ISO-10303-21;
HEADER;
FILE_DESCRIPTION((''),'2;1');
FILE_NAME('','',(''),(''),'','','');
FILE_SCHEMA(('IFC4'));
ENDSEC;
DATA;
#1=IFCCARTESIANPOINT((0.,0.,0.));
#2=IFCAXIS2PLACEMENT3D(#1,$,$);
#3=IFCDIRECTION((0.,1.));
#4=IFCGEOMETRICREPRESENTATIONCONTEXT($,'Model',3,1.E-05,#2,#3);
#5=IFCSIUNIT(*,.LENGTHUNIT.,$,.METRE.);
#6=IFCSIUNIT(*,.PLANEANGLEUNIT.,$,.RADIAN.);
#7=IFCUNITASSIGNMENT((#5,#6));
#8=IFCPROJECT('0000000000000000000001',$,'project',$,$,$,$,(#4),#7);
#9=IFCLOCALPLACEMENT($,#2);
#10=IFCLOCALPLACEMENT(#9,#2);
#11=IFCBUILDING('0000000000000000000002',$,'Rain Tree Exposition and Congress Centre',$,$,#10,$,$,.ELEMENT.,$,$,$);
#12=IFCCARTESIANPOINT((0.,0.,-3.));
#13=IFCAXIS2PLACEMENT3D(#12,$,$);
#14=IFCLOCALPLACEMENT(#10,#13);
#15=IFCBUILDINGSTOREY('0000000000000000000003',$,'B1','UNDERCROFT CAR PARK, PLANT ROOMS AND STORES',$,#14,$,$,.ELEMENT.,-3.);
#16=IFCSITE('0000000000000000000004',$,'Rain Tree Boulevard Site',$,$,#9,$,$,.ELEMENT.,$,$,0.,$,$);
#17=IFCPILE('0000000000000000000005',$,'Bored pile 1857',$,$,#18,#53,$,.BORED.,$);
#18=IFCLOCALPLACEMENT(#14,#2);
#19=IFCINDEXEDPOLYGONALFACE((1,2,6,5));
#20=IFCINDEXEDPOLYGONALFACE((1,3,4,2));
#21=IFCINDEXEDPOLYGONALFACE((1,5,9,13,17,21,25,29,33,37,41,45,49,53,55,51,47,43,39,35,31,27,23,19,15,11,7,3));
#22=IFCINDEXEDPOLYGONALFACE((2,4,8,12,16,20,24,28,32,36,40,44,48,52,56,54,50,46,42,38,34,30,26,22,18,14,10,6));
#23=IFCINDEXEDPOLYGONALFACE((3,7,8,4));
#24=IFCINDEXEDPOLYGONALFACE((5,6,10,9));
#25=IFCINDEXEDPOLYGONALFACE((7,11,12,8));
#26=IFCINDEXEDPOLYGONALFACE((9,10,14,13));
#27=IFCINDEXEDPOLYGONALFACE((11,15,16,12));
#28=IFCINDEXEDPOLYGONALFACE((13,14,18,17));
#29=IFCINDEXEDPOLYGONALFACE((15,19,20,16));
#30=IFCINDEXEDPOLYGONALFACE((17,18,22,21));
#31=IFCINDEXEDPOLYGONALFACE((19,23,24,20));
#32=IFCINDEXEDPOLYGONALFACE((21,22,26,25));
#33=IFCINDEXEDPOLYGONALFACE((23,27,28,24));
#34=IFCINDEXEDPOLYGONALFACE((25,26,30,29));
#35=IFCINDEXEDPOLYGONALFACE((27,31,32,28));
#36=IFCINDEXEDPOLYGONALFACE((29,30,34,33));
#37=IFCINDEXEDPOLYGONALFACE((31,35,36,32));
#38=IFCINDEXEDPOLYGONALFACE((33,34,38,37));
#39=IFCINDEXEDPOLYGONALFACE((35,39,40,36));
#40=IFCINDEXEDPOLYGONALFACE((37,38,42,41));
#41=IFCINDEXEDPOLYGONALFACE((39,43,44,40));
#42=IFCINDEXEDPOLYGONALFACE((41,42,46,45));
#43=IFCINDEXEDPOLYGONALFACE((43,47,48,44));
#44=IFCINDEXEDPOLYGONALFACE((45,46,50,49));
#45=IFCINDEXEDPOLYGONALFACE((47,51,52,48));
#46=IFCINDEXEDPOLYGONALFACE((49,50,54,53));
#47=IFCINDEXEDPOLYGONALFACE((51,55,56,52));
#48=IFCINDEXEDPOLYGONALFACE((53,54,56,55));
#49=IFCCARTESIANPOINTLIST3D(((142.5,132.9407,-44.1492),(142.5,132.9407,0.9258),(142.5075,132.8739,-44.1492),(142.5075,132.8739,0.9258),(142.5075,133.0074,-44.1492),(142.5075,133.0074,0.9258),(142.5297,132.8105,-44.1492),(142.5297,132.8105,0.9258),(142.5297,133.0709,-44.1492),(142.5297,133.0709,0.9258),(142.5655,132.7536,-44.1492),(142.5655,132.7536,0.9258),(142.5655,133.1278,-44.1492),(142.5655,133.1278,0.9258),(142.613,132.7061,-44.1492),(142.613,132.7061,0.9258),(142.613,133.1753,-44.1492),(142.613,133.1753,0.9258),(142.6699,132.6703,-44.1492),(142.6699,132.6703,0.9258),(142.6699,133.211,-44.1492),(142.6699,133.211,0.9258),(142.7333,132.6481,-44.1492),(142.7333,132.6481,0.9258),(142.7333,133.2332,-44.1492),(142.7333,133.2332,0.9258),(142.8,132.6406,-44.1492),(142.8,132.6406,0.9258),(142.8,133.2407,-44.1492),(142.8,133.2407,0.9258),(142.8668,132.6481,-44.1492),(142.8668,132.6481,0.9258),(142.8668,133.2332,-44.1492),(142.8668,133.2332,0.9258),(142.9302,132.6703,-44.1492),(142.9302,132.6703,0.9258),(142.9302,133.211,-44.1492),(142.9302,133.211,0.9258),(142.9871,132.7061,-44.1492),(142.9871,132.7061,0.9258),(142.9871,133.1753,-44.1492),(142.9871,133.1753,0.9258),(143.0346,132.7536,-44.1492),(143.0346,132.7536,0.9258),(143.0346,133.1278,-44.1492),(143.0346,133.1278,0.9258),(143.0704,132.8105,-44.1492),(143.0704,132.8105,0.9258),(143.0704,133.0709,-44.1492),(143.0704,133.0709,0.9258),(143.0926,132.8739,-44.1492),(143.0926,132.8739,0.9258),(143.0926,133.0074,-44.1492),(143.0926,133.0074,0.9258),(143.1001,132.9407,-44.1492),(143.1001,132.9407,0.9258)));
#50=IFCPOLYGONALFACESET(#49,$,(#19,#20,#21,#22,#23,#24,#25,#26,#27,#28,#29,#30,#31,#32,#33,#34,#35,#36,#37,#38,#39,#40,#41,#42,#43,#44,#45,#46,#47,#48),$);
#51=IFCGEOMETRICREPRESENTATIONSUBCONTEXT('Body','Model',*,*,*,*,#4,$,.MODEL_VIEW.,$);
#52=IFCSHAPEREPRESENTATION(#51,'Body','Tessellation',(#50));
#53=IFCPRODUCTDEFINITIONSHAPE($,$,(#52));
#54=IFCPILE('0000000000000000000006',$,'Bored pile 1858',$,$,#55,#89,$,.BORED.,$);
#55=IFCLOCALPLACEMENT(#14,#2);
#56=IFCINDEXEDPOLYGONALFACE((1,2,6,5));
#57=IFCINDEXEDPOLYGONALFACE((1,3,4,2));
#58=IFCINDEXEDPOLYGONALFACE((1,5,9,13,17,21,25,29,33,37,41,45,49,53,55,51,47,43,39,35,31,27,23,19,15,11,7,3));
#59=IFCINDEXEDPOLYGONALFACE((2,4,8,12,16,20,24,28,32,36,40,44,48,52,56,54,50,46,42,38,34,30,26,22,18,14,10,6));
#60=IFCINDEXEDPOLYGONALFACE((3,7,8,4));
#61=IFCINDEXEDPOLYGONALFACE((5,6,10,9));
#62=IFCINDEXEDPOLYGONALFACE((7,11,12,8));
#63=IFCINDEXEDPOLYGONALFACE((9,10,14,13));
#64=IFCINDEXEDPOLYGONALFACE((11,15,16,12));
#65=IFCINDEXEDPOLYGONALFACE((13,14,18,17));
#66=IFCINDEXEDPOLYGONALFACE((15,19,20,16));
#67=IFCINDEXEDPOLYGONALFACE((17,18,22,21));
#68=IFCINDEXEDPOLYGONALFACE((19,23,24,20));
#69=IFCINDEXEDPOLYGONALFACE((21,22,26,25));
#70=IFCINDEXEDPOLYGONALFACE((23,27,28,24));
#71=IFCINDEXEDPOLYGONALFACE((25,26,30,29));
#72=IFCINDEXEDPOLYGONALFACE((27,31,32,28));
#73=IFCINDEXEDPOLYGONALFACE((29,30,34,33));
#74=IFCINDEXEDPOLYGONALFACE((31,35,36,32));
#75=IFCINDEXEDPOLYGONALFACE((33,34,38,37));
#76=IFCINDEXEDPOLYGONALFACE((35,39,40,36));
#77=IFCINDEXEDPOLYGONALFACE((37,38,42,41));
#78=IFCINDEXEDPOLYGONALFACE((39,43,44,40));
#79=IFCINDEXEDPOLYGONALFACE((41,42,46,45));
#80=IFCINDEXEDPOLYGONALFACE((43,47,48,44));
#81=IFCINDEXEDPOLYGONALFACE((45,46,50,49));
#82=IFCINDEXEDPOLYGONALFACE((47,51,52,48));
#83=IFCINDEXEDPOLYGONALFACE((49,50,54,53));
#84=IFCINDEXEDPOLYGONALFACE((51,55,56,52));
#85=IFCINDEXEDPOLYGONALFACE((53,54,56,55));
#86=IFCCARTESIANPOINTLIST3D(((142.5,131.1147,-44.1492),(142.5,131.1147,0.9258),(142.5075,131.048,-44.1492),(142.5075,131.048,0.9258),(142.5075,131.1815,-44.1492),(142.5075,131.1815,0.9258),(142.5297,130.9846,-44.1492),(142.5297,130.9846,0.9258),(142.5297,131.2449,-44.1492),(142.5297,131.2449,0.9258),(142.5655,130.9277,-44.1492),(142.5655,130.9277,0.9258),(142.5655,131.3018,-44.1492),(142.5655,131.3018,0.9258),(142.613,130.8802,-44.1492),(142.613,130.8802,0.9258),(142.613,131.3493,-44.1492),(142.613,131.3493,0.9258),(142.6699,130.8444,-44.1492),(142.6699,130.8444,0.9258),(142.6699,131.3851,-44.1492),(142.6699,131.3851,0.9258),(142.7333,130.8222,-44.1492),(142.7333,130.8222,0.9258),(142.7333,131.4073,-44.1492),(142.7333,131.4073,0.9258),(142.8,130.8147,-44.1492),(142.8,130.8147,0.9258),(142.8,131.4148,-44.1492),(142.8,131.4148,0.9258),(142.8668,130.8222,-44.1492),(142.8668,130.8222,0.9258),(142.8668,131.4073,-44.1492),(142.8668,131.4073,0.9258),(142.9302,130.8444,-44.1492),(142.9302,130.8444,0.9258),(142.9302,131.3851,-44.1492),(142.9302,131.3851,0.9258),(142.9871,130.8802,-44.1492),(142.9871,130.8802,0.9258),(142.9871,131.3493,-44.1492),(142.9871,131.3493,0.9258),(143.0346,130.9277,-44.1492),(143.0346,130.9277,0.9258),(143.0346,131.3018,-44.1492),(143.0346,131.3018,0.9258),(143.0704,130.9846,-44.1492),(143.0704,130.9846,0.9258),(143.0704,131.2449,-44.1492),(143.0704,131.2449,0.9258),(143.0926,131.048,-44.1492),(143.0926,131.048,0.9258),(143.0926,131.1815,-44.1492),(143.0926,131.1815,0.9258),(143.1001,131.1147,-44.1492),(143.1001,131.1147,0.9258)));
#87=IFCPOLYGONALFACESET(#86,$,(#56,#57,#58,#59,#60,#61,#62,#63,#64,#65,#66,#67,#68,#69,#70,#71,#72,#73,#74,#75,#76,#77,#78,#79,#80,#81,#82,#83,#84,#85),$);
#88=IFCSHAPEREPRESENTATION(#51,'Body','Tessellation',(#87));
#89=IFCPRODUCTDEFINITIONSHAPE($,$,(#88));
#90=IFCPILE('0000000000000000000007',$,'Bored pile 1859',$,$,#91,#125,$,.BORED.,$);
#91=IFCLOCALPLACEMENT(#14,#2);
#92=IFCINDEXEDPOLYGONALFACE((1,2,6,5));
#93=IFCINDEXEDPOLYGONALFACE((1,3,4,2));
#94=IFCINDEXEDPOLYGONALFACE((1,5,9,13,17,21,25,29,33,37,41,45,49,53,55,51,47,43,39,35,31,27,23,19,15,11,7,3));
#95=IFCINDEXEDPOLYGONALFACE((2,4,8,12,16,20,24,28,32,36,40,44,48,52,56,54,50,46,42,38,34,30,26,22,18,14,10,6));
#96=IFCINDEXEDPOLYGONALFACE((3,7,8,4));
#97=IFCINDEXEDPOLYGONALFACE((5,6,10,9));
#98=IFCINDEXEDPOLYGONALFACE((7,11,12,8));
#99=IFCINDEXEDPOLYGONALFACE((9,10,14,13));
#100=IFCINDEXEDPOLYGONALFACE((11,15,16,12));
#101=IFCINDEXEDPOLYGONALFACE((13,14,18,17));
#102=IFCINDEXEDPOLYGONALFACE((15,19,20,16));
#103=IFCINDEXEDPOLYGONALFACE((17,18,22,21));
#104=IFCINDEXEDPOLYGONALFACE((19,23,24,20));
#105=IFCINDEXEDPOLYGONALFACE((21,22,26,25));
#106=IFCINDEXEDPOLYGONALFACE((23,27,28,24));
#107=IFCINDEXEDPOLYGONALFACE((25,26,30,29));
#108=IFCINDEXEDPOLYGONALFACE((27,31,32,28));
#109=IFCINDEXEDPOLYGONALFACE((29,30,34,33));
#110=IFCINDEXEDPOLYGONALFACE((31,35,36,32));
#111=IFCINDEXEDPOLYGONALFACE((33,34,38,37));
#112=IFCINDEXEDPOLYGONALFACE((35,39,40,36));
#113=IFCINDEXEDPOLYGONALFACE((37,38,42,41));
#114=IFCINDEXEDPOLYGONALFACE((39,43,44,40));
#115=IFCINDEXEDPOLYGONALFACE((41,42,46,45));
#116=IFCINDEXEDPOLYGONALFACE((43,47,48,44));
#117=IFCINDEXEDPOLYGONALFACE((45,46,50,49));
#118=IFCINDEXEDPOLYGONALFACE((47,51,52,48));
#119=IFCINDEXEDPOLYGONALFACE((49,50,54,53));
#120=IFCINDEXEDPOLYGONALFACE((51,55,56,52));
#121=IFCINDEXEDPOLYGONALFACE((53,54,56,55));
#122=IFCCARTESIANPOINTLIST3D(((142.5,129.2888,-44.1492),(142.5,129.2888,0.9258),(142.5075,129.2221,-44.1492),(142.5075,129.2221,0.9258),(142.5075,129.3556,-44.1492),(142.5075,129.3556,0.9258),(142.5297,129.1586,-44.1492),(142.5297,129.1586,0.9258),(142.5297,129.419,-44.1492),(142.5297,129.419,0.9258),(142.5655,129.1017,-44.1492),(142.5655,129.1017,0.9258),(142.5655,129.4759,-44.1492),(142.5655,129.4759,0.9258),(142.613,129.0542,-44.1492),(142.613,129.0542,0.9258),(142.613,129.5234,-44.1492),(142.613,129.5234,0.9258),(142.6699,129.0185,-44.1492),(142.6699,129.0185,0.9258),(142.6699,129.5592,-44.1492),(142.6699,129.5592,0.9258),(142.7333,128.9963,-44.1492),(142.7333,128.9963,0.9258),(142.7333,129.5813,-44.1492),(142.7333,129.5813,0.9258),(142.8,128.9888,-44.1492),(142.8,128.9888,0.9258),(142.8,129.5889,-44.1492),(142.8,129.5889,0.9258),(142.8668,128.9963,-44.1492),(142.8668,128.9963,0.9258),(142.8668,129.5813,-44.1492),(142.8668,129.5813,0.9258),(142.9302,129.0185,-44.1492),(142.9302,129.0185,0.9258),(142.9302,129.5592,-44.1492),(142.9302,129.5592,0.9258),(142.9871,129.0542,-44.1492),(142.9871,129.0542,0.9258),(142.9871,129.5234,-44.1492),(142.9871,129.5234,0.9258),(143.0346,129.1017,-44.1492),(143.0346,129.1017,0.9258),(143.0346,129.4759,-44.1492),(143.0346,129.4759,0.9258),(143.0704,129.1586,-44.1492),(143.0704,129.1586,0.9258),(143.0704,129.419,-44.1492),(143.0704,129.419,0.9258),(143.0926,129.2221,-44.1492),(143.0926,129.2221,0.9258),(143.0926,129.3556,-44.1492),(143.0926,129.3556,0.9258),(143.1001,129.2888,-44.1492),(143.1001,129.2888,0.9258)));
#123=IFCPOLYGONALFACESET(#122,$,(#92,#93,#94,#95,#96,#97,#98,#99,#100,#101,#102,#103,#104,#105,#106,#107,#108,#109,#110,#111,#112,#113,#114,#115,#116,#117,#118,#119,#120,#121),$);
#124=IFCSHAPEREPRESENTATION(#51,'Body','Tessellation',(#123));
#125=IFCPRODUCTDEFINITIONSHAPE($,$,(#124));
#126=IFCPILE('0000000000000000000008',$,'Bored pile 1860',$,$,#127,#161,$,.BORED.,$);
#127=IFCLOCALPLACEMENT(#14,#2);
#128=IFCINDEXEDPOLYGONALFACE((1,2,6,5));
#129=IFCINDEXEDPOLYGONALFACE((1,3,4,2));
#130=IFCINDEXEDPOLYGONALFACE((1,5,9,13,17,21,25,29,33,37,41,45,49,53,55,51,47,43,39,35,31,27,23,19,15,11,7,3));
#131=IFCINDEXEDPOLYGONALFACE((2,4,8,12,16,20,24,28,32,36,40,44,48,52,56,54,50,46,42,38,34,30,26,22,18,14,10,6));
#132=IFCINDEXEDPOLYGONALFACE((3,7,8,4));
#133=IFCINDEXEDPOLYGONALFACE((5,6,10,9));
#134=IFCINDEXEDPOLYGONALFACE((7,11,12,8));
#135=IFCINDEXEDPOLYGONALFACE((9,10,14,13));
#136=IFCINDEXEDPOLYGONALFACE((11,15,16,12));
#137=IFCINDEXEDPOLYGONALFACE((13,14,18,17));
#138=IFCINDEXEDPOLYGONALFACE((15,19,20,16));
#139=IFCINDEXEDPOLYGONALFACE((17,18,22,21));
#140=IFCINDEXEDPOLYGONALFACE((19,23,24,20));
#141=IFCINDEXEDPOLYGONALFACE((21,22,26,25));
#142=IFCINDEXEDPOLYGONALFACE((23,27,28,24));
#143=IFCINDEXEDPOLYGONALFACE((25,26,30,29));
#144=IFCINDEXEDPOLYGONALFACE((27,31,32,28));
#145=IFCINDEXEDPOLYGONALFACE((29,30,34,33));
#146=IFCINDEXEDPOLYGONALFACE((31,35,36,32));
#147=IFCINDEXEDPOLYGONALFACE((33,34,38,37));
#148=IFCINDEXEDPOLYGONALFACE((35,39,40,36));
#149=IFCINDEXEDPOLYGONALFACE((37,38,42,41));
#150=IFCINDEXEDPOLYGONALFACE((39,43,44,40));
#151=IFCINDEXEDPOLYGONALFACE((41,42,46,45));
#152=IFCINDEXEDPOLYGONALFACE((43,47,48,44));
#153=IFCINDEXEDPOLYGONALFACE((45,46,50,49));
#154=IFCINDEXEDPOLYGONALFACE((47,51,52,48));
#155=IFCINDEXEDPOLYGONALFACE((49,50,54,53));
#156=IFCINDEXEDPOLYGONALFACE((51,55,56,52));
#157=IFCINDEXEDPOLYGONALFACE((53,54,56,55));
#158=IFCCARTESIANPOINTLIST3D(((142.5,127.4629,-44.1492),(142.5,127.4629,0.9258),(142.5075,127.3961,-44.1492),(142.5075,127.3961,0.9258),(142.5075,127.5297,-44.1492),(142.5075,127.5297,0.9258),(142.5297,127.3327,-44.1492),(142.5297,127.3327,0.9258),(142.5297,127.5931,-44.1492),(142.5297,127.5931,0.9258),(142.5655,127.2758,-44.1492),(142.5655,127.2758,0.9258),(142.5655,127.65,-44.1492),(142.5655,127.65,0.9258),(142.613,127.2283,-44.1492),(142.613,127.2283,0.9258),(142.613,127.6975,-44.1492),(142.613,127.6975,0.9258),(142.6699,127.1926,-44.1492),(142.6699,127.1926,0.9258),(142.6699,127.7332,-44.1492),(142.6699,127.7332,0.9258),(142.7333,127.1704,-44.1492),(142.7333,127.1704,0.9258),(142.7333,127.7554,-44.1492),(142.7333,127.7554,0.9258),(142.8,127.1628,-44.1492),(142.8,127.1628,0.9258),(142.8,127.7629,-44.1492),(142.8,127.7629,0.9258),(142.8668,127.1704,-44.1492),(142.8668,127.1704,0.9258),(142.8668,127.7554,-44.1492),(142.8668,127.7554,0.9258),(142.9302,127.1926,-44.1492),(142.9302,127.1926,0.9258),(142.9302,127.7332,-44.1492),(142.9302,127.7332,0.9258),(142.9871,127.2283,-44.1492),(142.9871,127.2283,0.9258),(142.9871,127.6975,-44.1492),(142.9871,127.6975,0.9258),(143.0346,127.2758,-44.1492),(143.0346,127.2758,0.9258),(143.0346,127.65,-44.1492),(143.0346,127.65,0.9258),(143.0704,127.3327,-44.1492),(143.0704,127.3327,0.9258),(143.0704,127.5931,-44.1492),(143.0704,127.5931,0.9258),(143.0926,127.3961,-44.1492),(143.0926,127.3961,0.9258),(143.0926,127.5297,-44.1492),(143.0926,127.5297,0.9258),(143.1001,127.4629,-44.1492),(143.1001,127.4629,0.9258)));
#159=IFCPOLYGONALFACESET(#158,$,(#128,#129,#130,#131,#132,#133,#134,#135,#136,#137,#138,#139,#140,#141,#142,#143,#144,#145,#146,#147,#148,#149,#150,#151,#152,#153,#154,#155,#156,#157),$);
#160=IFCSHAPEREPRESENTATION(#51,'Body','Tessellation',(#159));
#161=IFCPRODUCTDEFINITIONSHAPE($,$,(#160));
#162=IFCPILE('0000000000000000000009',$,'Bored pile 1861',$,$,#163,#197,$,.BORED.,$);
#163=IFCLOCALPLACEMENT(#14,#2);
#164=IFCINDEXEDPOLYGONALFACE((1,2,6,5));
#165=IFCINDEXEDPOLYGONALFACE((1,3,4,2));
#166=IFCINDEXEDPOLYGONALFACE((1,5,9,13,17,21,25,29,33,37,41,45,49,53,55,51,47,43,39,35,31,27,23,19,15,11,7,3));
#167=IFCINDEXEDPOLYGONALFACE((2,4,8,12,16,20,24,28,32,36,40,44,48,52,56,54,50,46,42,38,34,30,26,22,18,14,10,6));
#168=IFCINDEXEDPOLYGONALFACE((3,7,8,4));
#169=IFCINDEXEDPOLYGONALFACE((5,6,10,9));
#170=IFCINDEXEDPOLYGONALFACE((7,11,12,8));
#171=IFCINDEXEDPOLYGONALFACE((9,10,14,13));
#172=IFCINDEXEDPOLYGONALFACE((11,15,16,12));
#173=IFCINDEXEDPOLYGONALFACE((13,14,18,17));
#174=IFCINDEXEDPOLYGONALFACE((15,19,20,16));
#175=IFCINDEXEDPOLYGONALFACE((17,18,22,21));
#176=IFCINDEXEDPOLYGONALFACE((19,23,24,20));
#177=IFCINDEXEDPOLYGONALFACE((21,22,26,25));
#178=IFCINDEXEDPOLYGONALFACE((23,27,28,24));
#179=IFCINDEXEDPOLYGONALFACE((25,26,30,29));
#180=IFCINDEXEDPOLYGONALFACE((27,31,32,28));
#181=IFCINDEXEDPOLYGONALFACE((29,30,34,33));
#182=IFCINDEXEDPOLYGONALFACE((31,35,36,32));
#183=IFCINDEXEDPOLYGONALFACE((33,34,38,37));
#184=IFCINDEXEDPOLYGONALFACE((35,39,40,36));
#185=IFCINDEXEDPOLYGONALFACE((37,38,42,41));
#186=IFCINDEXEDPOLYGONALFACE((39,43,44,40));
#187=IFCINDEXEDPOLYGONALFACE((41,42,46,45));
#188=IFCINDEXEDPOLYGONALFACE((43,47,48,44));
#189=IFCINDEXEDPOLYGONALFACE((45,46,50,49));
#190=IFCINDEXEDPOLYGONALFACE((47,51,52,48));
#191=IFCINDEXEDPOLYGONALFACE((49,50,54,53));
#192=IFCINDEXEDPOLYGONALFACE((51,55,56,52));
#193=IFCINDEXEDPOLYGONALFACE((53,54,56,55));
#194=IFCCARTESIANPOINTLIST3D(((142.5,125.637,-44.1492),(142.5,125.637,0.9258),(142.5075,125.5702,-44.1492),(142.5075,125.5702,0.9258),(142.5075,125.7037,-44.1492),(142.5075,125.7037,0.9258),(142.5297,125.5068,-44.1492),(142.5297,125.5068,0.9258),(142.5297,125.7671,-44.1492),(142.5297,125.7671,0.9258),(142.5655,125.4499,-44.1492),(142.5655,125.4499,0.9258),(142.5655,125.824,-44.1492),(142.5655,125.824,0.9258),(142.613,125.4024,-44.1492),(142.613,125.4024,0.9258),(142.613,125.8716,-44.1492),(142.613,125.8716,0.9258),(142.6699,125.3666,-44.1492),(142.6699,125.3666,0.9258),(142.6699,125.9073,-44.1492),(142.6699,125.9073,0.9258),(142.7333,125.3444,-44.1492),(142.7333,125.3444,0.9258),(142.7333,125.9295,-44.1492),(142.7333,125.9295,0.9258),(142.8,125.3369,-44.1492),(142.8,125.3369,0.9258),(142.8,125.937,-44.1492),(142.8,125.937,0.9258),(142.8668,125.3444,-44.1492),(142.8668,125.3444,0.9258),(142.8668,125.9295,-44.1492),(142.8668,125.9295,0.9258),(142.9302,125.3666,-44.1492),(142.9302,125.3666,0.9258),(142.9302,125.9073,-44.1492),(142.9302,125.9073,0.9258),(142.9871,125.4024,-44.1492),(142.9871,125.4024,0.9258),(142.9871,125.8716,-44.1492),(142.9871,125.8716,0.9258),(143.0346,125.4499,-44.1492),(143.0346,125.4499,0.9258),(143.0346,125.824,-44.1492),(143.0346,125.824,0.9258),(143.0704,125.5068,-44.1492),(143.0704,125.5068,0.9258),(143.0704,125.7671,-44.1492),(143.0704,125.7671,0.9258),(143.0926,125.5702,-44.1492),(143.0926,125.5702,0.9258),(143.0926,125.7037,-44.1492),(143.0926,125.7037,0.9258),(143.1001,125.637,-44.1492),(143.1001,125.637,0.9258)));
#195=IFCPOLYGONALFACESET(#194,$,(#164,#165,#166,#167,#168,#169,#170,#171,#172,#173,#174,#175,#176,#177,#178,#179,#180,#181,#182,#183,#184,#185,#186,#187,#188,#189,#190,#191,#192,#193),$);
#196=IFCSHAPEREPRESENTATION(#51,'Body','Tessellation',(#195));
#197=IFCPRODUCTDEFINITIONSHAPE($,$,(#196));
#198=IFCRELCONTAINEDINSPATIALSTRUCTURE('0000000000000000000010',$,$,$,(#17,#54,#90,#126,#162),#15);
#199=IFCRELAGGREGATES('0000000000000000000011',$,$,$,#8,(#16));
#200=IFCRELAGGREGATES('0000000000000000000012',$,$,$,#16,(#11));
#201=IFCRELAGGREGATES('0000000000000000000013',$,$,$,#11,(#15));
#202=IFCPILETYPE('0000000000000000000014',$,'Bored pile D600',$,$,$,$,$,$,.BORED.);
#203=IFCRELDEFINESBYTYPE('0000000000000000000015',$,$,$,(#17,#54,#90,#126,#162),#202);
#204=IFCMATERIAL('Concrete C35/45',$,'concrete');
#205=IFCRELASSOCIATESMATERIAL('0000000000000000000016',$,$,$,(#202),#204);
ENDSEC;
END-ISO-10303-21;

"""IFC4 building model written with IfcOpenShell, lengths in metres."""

from ifc_helpers import new_model, si_unit, direction, frame, origin, origin_2d, place, context, subcontext, project, spatial, circle, extrude, material, material_profile, profile_set, type_object, element, save


model = new_model("IFC4")

# Units and contexts
model_context = context("Model", 3, precision=1e-05, world=origin(), true_north=direction((0.0, 1.0)))
body_context = subcontext(model_context, "Body", "Model", "MODEL_VIEW")
ifc_project = project(units=[si_unit("LENGTHUNIT", "METRE"), si_unit("PLANEANGLEUNIT", "RADIAN")], contexts=[model_context])

# Site, building, storey
site_placement = place(None, origin())
site = spatial("IfcSite", under=ifc_project, at=site_placement, Name="Rain Tree Boulevard Site", CompositionType="ELEMENT", RefElevation=0.0)
building_placement = place(site_placement, origin())
building = spatial("IfcBuilding", under=site, at=building_placement, Name="Rain Tree Exposition and Congress Centre", CompositionType="ELEMENT")
storey_placement = place(building_placement, frame((0.0, 0.0, -3.0)))
storey = spatial("IfcBuildingStorey", under=building, at=storey_placement, Name="B1", Description="UNDERCROFT CAR PARK, PLANT ROOMS AND STORES", CompositionType="ELEMENT", Elevation=-3.0)

# Piles
ifc_material_1 = material(Name="Concrete C35/45", Category="concrete")
ifc_material_profile_1 = material_profile(ifc_material_1, circle(Radius=0.3, at=origin_2d()), Name="D600")
ifc_profile_set_1 = profile_set([ifc_material_profile_1], Name="Concrete C35/45")
pile_type_1 = type_object("IfcPileType", Name="Bored pile D600", PredefinedType="BORED", material=ifc_profile_set_1)
for number, where, z_axis, x_axis, name in (
    (1, (142.8, 132.9407, 0.9258), (0.0, 0.0, -1.0), (1.0, 0.0, 0.0), "Bored pile 1857"),
    (2, (142.8, 131.1147, 0.9258), (0.0, 0.0, -1.0), (1.0, 0.0, 0.0), "Bored pile 1858"),
    (3, (142.8, 129.2888, 0.9258), (0.0, 0.0, -1.0), (1.0, 0.0, 0.0), "Bored pile 1859"),
    (4, (142.8, 127.4629, 0.9258), (0.0, 0.0, -1.0), (1.0, 0.0, 0.0), "Bored pile 1860"),
    (5, (142.8, 125.637, 0.9258), (0.0, 0.0, -1.0), (1.0, 0.0, 0.0), "Bored pile 1861"),
):
    element("IfcPile", number, at=place(storey_placement, frame(where, z_axis=z_axis, x_axis=x_axis)), inside=storey, type_object=pile_type_1, Name=name, PredefinedType="BORED", context=body_context, shape_type="SweptSolid", body=[
        extrude(circle(Radius=0.3, at=origin_2d()), origin(), (0.0, 0.0, 1.0), 45.075),
    ])

save(model, "model.ifc")
